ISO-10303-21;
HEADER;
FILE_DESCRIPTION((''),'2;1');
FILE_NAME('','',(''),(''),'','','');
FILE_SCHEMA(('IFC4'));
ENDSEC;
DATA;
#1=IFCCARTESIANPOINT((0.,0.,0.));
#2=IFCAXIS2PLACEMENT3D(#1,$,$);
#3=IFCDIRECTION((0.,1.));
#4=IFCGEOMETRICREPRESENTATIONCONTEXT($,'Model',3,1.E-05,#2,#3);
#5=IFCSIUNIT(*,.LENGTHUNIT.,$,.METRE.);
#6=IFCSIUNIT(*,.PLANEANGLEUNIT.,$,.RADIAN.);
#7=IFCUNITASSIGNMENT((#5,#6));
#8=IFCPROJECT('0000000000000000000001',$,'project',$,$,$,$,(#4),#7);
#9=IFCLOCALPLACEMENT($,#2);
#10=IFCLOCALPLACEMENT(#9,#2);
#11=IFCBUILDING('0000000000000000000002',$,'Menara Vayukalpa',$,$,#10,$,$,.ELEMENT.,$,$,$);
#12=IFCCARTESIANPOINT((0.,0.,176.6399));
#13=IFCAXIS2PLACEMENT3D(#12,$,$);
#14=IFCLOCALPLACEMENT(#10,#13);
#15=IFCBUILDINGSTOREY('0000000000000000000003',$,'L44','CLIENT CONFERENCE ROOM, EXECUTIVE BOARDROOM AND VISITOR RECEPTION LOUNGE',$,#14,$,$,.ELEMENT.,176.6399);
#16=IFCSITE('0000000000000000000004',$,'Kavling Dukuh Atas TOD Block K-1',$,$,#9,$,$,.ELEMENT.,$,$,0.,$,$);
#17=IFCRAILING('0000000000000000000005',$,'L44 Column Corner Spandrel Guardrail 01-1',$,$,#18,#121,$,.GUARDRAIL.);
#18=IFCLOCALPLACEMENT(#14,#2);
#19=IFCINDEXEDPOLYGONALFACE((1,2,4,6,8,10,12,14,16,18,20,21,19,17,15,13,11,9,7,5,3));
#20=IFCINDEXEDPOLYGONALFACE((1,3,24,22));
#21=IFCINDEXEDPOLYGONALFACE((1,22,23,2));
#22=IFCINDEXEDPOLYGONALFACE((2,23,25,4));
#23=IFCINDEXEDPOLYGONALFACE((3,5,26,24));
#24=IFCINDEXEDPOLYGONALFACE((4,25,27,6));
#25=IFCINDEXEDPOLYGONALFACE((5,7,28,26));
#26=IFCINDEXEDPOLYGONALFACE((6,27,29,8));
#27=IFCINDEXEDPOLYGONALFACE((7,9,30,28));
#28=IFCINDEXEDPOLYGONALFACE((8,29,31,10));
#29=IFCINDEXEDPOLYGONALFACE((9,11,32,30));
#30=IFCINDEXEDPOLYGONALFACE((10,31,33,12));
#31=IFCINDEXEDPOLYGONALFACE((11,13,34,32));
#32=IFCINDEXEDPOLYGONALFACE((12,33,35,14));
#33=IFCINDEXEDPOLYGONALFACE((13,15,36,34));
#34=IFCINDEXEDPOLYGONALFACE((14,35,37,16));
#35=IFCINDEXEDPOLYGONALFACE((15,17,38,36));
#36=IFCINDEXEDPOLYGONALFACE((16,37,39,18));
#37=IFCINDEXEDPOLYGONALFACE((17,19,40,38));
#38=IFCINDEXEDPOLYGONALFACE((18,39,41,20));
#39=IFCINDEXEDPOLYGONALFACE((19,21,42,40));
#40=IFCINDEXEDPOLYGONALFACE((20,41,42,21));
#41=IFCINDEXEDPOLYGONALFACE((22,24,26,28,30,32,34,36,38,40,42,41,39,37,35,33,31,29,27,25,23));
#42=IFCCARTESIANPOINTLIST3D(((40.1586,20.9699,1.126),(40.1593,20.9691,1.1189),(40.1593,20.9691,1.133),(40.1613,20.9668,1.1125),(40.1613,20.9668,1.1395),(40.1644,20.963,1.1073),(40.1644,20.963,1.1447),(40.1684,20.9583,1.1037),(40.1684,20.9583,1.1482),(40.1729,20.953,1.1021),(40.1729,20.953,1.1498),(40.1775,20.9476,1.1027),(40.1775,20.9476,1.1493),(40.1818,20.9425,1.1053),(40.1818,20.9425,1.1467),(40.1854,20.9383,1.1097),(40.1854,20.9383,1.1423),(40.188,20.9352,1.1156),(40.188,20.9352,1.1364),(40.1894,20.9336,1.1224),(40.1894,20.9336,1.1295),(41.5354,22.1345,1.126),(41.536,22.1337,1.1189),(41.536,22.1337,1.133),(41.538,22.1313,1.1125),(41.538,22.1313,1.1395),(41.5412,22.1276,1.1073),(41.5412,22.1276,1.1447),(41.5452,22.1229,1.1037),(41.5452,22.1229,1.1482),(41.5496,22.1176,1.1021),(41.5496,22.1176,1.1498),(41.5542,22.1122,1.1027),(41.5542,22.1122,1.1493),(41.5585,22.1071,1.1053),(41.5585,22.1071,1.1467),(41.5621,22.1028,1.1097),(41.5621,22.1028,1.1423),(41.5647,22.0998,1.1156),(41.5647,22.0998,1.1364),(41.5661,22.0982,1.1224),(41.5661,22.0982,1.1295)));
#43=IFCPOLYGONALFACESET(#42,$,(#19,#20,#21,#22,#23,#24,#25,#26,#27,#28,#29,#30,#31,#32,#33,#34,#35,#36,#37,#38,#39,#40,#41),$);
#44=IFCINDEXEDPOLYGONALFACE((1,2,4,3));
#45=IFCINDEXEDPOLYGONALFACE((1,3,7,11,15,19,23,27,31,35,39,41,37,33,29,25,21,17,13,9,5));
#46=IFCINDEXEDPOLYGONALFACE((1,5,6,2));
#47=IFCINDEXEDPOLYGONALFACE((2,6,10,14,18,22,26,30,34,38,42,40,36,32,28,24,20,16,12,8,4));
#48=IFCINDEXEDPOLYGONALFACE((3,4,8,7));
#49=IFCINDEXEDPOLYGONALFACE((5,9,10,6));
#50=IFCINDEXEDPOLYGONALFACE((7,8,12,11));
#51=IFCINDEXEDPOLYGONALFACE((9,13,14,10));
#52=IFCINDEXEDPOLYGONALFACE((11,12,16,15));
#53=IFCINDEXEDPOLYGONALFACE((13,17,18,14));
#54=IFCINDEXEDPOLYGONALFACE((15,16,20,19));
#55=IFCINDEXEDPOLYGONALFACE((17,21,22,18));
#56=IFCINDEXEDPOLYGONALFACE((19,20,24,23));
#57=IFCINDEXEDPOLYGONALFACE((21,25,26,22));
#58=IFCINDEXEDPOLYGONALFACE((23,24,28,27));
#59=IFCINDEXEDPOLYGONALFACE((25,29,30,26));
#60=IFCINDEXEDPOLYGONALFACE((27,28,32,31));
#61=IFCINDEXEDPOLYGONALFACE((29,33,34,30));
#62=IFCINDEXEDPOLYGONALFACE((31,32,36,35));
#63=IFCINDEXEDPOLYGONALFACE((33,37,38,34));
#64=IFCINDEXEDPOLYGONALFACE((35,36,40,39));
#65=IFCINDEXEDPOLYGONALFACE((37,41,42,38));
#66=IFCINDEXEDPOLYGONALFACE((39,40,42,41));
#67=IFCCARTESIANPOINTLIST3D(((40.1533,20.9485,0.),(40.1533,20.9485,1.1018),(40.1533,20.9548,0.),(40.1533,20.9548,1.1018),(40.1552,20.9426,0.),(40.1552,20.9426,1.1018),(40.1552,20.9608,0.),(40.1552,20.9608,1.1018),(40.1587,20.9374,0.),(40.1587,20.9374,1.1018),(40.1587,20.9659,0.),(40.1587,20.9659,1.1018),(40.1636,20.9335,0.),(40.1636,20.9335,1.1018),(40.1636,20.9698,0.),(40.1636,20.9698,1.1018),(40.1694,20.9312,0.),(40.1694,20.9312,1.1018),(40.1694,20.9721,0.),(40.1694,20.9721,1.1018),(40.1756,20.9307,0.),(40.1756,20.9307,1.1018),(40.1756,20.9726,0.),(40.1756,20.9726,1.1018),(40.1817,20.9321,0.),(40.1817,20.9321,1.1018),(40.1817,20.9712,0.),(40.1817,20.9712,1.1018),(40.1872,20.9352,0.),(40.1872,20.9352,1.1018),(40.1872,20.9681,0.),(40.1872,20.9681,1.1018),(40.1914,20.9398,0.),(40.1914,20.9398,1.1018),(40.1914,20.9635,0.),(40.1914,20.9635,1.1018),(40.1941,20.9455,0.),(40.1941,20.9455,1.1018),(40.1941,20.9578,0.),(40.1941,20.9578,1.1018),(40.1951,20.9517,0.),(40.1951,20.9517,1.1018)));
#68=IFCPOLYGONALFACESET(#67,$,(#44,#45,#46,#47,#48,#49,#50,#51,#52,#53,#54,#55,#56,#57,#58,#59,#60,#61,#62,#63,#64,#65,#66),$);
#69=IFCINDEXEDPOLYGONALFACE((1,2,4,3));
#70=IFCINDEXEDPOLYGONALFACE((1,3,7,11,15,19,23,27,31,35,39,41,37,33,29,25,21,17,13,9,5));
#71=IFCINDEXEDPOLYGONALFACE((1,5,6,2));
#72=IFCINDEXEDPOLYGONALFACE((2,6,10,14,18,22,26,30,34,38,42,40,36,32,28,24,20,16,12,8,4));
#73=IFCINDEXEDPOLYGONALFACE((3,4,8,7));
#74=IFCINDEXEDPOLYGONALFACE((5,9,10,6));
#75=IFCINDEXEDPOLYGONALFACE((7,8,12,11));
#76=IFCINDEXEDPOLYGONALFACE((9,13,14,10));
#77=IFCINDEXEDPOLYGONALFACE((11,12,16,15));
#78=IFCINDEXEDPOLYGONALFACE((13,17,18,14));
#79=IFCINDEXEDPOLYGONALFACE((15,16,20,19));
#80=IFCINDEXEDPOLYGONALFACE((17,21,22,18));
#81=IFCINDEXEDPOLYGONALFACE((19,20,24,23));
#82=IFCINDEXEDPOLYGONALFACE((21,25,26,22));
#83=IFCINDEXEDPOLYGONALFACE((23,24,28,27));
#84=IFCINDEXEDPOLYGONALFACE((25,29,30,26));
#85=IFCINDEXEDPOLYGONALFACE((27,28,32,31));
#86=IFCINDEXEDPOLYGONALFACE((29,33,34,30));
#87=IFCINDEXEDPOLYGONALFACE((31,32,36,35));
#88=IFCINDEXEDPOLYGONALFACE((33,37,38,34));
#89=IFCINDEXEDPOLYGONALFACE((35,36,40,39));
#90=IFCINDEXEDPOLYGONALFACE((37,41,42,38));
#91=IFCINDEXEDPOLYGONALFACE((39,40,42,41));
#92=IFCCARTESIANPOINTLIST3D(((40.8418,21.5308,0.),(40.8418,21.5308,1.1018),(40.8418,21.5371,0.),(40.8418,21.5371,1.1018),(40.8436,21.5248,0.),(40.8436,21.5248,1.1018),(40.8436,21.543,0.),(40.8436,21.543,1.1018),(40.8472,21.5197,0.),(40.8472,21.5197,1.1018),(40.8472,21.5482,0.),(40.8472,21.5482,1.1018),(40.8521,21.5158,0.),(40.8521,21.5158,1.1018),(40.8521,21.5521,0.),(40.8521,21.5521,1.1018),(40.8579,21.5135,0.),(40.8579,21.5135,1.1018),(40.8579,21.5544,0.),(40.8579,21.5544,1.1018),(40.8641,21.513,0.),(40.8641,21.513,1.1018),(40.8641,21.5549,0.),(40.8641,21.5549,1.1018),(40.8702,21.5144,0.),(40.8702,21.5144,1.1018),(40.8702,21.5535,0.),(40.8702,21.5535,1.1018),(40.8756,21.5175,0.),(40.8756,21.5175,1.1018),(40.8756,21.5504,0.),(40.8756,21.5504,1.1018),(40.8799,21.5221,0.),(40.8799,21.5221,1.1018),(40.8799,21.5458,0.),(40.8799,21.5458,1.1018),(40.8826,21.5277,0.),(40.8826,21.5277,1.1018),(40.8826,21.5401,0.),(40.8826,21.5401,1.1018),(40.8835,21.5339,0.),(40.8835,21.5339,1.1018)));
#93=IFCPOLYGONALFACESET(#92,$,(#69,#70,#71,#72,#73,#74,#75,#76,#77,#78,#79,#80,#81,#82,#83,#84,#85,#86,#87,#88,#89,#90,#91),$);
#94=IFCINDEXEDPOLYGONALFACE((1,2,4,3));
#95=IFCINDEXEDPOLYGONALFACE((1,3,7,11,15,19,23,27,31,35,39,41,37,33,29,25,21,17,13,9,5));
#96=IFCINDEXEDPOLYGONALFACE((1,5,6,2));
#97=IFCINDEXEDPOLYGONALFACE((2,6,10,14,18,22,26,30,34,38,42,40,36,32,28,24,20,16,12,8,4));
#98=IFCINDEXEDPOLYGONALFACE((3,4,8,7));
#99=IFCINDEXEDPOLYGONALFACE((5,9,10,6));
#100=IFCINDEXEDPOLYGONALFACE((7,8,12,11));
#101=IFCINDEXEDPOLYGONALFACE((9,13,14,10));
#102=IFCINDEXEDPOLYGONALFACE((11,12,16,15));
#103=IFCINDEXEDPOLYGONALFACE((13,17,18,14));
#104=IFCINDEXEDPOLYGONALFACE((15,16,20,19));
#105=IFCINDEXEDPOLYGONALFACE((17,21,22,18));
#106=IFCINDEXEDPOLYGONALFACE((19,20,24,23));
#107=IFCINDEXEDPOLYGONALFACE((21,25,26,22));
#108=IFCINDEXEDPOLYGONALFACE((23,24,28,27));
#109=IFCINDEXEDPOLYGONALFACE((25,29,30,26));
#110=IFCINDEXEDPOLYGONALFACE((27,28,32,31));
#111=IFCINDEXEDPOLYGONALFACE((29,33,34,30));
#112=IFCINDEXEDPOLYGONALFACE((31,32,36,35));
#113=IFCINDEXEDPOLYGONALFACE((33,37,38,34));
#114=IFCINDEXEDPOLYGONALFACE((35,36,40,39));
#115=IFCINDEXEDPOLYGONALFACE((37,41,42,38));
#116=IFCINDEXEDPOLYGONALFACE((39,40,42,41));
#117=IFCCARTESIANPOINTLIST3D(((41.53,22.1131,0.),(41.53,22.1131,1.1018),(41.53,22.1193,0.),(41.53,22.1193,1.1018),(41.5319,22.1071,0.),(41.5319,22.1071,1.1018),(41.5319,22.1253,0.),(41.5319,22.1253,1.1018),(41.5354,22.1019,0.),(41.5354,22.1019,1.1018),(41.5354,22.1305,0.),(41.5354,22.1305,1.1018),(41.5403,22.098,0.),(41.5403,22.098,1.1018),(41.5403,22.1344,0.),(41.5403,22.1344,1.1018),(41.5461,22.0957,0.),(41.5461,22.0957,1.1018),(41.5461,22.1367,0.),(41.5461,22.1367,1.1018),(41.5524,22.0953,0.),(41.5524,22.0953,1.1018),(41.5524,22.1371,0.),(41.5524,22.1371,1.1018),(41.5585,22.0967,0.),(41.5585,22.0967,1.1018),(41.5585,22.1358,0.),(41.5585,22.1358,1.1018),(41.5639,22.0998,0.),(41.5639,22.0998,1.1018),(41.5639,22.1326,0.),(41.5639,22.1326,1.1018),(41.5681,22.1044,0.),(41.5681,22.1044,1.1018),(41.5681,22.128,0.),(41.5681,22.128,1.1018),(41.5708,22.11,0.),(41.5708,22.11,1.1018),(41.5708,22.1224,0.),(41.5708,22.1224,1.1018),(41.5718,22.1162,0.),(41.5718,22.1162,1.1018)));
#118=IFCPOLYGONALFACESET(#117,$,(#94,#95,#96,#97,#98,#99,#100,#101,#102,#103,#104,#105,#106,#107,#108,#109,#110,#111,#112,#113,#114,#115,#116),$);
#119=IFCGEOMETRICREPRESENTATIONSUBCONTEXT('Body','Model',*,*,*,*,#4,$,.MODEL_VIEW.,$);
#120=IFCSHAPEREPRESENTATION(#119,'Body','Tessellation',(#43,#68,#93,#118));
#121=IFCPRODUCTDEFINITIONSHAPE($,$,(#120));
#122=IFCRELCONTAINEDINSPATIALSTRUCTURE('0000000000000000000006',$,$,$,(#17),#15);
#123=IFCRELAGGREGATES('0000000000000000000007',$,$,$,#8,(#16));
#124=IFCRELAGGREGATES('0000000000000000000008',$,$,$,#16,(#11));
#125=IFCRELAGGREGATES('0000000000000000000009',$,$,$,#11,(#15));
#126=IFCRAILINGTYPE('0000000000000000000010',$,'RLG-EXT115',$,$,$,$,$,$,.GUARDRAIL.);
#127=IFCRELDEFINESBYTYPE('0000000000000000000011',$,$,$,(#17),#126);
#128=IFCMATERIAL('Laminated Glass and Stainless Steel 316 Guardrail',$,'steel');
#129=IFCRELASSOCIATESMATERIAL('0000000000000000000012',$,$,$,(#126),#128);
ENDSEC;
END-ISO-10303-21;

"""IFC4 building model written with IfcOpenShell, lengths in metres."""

from ifc_helpers import new_model, si_unit, direction, frame, origin, origin_2d, place, context, subcontext, project, spatial, circle, extrude, material, type_object, element, save


model = new_model("IFC4")

# Units and contexts
model_context = context("Model", 3, precision=1e-05, world=origin(), true_north=direction((0.0, 1.0)))
body_context = subcontext(model_context, "Body", "Model", "MODEL_VIEW")
ifc_project = project(units=[si_unit("LENGTHUNIT", "METRE"), si_unit("PLANEANGLEUNIT", "RADIAN")], contexts=[model_context])

# Site, building, storey
site_placement = place(None, origin())
site = spatial("IfcSite", under=ifc_project, at=site_placement, Name="Kavling Dukuh Atas TOD Block K-1", CompositionType="ELEMENT", RefElevation=0.0)
building_placement = place(site_placement, origin())
building = spatial("IfcBuilding", under=site, at=building_placement, Name="Menara Vayukalpa", CompositionType="ELEMENT")
storey_placement = place(building_placement, frame((0.0, 0.0, 176.6399)))
storey = spatial("IfcBuildingStorey", under=building, at=storey_placement, Name="L44", Description="CLIENT CONFERENCE ROOM, EXECUTIVE BOARDROOM AND VISITOR RECEPTION LOUNGE", CompositionType="ELEMENT", Elevation=176.6399)

# Railing
ifc_material_1 = material(Name="Laminated Glass and Stainless Steel 316 Guardrail", Category="steel")
railing_type_1 = type_object("IfcRailingType", Name="RLG-EXT115", PredefinedType="GUARDRAIL", material=ifc_material_1)
railing_1_placement = place(storey_placement, frame((40.1741, 20.9517, 0.0)))
element("IfcRailing", 1, at=railing_1_placement, inside=storey, type_object=railing_type_1, Name="L44 Column Corner Spandrel Guardrail 01-1", PredefinedType="GUARDRAIL", context=body_context, shape_type="SweptSolid", body=[
    extrude(circle(Radius=0.0239, at=origin_2d()), frame((0.0, 0.0, 1.126), z_axis=(0.763484, 0.645827, 0.0), x_axis=(-0.645827, 0.763484, 0.0)), (0.0, 0.0, 1.0), 1.8032),
    extrude(circle(Radius=0.021, at=origin_2d()), origin(), (0.0, 0.0, 1.0), 1.1018),
    extrude(circle(Radius=0.021, at=origin_2d()), frame((0.6885, 0.5823, 0.0)), (0.0, 0.0, 1.0), 1.1018),
    extrude(circle(Radius=0.021, at=origin_2d()), frame((1.3767, 1.1646, 0.0)), (0.0, 0.0, 1.0), 1.1018),
])

save(model, "model.ifc")
